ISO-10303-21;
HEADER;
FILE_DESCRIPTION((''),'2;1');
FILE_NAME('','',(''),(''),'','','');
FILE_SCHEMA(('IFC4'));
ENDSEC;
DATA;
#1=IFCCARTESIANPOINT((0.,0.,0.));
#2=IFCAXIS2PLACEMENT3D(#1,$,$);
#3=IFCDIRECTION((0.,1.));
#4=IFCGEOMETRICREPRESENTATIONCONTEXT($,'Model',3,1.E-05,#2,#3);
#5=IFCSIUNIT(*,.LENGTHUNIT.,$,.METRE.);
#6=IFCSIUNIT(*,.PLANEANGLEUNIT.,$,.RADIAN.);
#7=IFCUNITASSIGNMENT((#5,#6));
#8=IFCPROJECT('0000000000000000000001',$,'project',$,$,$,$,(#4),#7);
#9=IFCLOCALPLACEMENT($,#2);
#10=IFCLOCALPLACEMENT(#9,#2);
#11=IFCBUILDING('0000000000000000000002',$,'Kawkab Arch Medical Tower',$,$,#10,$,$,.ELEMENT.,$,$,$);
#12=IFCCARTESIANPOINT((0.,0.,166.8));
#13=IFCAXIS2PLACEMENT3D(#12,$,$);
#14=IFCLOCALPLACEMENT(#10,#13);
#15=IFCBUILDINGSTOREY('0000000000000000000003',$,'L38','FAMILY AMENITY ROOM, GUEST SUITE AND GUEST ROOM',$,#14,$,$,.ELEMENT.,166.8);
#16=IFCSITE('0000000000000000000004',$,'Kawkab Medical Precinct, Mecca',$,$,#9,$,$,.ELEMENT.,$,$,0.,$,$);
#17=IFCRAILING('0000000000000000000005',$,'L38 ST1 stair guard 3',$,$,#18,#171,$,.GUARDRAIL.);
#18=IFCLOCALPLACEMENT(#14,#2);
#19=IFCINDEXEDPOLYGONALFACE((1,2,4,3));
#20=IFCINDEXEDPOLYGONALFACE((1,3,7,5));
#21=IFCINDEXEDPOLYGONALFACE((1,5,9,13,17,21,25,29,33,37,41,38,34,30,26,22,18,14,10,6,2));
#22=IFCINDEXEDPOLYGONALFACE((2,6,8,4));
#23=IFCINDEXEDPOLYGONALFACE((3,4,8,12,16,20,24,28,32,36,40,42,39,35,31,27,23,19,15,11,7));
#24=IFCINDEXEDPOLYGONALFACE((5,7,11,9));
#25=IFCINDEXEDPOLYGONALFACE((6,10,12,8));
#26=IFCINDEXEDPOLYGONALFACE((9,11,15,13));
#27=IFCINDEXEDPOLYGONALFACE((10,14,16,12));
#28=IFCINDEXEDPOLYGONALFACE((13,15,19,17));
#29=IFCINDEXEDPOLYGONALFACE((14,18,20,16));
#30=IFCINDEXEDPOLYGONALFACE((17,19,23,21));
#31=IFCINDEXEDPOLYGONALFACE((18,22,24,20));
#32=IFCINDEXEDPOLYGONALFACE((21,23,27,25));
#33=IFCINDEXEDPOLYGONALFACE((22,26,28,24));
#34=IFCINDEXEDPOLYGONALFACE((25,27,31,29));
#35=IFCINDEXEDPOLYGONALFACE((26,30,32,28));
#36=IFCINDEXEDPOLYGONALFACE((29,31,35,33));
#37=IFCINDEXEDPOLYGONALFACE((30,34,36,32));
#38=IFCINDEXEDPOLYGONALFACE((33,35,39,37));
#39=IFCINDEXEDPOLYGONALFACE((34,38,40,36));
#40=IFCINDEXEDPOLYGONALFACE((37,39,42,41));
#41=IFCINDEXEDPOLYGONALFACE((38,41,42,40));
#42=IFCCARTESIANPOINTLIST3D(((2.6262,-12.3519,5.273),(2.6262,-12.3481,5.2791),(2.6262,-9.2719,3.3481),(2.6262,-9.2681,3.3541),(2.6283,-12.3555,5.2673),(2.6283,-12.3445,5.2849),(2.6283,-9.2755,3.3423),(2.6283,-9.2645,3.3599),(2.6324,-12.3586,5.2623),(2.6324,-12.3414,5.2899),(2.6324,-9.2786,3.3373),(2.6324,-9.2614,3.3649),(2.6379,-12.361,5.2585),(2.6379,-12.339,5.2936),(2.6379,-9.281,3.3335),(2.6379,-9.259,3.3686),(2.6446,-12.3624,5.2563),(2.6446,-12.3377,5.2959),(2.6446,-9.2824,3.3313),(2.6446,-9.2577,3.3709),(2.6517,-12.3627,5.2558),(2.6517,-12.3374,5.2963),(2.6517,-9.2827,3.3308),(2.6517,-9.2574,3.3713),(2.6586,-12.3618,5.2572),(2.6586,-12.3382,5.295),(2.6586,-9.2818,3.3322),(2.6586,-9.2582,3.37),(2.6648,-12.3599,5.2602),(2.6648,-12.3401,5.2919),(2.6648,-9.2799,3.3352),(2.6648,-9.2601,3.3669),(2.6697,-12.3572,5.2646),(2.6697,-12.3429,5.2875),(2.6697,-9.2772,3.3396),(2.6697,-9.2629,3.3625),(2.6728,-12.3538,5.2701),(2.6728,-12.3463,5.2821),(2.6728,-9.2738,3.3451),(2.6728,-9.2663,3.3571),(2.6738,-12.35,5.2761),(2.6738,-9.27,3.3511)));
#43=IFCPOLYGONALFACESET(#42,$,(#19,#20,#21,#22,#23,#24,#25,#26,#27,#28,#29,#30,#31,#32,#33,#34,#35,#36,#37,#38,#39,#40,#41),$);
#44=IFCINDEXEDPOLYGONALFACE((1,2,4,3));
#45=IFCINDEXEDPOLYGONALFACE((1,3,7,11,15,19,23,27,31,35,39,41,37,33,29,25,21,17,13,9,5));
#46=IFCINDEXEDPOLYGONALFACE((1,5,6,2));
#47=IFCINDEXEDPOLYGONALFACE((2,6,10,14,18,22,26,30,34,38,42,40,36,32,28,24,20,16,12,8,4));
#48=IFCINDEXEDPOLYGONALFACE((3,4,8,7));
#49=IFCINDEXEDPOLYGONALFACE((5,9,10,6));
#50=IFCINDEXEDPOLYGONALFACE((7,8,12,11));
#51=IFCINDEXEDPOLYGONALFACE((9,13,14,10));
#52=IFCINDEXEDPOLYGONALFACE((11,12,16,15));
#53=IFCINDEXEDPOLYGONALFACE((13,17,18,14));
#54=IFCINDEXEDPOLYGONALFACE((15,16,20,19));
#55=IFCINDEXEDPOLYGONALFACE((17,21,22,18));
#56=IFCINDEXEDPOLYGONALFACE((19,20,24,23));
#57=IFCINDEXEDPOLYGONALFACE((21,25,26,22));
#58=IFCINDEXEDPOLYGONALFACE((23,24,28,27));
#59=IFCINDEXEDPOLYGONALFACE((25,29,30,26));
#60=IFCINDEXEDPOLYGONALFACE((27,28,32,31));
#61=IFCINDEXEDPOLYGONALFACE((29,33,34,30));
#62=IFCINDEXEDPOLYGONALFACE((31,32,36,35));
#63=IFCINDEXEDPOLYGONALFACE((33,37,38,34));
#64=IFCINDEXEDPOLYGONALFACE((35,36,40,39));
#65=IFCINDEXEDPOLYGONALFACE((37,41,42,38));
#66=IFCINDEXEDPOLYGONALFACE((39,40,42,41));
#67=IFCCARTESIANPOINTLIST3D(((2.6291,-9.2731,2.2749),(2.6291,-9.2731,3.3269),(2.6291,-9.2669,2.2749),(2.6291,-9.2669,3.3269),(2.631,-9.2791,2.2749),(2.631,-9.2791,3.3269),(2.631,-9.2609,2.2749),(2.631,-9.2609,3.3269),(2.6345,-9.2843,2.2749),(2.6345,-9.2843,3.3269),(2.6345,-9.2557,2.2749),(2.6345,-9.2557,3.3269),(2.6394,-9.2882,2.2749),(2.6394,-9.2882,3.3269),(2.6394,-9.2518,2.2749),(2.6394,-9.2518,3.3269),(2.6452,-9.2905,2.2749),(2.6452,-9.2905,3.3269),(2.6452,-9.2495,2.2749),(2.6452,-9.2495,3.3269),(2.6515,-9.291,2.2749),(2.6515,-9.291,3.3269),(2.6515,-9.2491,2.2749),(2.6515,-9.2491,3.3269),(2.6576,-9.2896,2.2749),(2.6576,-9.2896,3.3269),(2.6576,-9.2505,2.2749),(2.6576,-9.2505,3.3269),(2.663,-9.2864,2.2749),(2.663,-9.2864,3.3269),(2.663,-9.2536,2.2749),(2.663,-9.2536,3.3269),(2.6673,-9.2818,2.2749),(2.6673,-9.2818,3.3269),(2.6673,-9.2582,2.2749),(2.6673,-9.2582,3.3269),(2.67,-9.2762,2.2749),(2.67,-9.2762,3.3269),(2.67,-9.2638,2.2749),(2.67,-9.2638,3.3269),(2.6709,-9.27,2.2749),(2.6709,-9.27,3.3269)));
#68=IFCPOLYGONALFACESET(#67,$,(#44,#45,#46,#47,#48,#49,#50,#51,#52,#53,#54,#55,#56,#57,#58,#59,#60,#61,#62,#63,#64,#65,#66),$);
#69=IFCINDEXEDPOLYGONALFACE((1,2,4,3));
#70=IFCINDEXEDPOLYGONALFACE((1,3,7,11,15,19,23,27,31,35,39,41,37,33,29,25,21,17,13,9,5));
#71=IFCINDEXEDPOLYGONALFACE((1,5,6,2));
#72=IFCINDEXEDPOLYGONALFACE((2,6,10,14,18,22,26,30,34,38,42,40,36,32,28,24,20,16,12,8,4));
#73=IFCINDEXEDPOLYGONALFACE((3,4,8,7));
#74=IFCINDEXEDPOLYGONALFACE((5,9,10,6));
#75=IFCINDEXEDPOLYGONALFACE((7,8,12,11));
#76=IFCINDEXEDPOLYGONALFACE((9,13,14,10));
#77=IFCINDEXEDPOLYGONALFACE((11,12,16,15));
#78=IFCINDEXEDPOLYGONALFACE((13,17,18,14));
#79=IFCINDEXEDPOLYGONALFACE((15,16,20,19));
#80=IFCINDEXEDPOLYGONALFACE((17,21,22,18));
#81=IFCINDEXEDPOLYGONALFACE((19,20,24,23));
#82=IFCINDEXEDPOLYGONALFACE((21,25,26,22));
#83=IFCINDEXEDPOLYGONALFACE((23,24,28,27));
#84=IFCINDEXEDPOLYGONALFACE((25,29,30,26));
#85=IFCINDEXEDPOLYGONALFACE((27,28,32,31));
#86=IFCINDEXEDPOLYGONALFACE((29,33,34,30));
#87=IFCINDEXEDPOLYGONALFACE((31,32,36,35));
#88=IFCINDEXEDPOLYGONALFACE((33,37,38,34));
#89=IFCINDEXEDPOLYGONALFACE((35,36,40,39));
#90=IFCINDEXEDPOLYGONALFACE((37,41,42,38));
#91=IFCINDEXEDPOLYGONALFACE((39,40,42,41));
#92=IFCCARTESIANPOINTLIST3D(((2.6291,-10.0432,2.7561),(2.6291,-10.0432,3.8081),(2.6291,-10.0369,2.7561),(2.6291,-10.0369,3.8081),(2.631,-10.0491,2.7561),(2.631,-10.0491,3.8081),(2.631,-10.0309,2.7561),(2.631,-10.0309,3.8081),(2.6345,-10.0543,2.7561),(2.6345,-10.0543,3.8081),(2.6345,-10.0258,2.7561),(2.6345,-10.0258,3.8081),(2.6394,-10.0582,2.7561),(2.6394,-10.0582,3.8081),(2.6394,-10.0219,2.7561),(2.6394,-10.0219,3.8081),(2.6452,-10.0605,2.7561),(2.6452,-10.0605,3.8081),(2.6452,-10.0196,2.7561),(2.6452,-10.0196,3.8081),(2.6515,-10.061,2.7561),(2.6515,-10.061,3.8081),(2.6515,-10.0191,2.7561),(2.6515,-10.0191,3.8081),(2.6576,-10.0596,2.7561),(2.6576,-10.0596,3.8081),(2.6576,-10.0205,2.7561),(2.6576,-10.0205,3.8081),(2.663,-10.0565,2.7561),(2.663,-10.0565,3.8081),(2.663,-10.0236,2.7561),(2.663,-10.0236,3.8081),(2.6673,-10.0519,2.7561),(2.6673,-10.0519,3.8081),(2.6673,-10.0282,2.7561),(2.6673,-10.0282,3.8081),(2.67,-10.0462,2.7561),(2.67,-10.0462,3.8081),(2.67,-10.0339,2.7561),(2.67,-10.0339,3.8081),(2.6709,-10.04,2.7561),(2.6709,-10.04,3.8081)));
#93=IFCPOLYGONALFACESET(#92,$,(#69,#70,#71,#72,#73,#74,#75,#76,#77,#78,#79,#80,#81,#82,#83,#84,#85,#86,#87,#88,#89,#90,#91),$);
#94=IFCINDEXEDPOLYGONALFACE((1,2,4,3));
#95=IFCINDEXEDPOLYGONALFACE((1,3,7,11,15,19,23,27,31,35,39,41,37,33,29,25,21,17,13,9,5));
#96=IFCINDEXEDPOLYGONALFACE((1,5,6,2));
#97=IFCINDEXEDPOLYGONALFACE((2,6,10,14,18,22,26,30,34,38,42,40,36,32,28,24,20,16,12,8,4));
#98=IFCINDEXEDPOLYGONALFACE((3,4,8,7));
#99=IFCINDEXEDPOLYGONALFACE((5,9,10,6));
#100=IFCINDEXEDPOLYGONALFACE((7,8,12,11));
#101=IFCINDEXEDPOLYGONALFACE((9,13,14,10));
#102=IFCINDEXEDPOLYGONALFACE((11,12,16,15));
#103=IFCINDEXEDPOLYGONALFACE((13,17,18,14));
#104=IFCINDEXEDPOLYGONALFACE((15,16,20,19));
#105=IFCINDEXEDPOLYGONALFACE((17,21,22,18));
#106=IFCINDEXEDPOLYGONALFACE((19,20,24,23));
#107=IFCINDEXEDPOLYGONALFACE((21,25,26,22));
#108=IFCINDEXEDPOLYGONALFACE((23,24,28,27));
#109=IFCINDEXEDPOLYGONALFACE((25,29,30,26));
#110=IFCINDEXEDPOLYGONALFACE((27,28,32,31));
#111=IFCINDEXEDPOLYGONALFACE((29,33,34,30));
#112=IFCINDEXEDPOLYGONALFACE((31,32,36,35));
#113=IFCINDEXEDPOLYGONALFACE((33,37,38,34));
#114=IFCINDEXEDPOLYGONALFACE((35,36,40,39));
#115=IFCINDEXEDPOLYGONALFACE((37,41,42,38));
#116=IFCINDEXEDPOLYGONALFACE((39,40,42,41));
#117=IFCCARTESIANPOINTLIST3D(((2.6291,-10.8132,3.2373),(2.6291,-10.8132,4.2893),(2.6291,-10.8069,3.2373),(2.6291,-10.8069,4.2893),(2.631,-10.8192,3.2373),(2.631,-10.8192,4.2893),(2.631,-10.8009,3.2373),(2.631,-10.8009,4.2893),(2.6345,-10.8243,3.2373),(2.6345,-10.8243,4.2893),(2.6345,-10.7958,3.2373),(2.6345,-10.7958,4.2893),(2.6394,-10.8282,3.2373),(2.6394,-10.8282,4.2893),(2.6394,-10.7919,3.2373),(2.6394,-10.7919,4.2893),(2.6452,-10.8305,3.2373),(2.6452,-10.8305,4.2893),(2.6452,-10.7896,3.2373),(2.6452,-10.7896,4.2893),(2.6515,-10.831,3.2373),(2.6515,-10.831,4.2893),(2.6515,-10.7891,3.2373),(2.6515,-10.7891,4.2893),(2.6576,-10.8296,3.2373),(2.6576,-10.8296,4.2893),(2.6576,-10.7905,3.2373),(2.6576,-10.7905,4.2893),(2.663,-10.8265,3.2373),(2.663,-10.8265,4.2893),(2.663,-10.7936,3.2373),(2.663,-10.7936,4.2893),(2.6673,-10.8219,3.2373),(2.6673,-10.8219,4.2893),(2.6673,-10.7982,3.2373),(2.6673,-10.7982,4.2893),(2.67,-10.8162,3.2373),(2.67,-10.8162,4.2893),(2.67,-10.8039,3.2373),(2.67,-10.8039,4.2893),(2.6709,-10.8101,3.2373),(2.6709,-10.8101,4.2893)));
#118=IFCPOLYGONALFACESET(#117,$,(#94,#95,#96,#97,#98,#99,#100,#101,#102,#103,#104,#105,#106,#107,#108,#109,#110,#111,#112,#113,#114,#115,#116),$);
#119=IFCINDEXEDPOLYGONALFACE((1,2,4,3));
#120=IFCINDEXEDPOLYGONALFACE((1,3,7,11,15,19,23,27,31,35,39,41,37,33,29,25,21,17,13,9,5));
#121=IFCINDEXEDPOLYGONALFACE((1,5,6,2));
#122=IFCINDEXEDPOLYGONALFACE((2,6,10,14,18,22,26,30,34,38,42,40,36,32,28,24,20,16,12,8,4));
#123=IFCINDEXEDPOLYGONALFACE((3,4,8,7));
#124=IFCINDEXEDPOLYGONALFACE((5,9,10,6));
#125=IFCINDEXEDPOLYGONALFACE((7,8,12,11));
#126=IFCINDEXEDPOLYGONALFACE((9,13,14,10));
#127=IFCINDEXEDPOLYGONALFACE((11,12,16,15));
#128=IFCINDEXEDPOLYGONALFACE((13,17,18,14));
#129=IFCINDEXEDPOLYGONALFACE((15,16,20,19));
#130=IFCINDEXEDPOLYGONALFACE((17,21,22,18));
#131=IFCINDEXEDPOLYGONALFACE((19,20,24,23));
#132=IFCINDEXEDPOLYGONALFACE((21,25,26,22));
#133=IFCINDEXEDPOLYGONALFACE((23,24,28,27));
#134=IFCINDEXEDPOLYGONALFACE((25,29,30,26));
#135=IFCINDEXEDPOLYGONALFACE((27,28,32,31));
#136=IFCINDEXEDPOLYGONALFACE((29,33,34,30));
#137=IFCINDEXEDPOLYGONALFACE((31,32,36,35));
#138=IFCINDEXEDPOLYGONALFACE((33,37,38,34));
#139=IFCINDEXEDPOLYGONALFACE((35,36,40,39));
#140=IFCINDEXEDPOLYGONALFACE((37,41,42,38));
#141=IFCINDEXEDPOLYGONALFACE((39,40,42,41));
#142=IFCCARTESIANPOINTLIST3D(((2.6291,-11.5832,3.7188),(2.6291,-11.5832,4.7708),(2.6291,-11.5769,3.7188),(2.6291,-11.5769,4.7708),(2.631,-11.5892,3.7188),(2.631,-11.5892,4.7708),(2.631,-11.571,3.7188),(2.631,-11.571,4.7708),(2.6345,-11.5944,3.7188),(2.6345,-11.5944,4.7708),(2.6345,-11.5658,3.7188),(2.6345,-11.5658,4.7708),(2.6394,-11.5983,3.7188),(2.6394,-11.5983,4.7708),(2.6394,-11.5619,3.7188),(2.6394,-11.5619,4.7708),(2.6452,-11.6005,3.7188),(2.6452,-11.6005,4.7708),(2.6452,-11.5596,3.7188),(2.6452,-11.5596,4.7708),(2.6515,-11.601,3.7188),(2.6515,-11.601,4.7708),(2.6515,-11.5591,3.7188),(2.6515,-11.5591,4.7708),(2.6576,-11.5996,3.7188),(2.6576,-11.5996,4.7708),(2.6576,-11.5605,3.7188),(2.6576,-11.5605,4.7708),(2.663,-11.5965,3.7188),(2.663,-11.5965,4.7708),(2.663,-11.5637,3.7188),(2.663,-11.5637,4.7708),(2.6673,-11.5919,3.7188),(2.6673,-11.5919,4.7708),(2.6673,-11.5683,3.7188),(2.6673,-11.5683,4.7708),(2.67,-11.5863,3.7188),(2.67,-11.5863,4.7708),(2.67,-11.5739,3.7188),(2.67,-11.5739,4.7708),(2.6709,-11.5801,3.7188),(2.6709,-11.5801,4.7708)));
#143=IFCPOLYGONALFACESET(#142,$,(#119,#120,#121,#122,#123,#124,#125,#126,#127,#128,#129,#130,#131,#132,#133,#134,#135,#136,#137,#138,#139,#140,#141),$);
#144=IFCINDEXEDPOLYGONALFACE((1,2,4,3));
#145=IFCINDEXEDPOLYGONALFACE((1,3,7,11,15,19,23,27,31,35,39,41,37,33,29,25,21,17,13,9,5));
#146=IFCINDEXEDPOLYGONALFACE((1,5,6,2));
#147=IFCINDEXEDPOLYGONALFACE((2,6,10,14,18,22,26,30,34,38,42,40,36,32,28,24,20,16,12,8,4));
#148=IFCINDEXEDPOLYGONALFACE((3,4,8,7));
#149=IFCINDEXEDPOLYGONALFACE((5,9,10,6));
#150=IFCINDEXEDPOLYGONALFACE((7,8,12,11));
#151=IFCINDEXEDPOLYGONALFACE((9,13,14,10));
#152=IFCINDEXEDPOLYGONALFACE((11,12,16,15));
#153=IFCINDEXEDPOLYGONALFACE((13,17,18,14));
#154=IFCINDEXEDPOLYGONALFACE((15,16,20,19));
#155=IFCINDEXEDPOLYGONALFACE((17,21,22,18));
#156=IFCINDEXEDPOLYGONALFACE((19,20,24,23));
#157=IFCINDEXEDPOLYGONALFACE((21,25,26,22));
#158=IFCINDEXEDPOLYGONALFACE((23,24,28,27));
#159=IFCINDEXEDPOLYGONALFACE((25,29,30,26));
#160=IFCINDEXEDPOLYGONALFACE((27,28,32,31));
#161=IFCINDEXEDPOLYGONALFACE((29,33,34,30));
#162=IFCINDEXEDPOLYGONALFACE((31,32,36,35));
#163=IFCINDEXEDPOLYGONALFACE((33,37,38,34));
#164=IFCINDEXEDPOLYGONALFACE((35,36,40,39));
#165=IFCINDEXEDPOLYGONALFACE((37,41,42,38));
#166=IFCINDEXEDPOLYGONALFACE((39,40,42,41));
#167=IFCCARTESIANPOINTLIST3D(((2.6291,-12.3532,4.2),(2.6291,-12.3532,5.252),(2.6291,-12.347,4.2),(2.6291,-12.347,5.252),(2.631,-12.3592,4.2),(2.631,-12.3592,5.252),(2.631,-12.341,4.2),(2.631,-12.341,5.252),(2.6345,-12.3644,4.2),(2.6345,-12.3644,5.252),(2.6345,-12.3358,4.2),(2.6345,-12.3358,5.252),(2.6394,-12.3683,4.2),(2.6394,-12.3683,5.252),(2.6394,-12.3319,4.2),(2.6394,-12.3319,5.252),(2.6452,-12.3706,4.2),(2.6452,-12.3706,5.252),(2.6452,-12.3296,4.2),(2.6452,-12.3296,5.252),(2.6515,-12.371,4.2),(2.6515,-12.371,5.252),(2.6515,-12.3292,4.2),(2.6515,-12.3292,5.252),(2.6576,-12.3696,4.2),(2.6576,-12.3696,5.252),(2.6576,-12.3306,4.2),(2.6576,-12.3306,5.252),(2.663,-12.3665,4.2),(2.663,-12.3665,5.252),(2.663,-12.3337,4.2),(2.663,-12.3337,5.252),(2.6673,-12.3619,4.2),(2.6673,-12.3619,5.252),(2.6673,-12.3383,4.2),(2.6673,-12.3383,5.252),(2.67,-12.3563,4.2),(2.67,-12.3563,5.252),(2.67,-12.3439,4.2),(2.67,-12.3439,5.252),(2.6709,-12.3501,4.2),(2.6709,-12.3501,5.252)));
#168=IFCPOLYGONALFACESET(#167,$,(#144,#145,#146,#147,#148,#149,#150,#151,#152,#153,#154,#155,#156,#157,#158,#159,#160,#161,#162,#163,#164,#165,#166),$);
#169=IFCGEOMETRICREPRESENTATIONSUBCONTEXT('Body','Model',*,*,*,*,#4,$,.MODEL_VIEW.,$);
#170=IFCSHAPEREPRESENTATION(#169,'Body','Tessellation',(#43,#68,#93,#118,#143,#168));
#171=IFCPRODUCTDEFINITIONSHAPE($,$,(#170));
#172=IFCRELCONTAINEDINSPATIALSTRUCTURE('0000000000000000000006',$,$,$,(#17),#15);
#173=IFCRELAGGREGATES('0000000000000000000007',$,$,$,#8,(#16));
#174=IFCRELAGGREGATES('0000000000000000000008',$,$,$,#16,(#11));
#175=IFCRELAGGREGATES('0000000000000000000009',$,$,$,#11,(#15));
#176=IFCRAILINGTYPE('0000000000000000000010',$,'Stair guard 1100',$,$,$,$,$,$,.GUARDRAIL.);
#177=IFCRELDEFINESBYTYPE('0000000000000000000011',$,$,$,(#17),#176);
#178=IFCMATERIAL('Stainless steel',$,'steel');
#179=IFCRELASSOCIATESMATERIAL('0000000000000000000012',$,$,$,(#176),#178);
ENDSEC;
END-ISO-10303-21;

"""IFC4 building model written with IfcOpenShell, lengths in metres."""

from ifc_helpers import new_model, si_unit, direction, frame, origin, origin_2d, place, context, subcontext, project, spatial, circle, extrude, material, type_object, element, save


model = new_model("IFC4")

# Units and contexts
model_context = context("Model", 3, precision=1e-05, world=origin(), true_north=direction((0.0, 1.0)))
body_context = subcontext(model_context, "Body", "Model", "MODEL_VIEW")
ifc_project = project(units=[si_unit("LENGTHUNIT", "METRE"), si_unit("PLANEANGLEUNIT", "RADIAN")], contexts=[model_context])

# Site, building, storey
site_placement = place(None, origin())
site = spatial("IfcSite", under=ifc_project, at=site_placement, Name="Kawkab Medical Precinct, Mecca", CompositionType="ELEMENT", RefElevation=0.0)
building_placement = place(site_placement, origin())
building = spatial("IfcBuilding", under=site, at=building_placement, Name="Kawkab Arch Medical Tower", CompositionType="ELEMENT")
storey_placement = place(building_placement, frame((0.0, 0.0, 166.8)))
storey = spatial("IfcBuildingStorey", under=building, at=storey_placement, Name="L38", Description="FAMILY AMENITY ROOM, GUEST SUITE AND GUEST ROOM", CompositionType="ELEMENT", Elevation=166.8)

# Railing
ifc_material_1 = material(Name="Stainless steel", Category="steel")
railing_type_1 = type_object("IfcRailingType", Name="Stair guard 1100", PredefinedType="GUARDRAIL", material=ifc_material_1)
railing_1_placement = place(storey_placement, frame((2.6499, -9.27, 2.2749)))
element("IfcRailing", 1, at=railing_1_placement, inside=storey, type_object=railing_type_1, Name="L38 ST1 stair guard 3", PredefinedType="GUARDRAIL", context=body_context, shape_type="SweptSolid", body=[
    extrude(circle(Radius=0.0239, at=origin_2d()), frame((0.0, 0.0, 1.0762), z_axis=(0.0, -0.847998, 0.529999), x_axis=(1.0, 0.0, 0.0)), (0.0, 0.0, 1.0), 3.6321),
    extrude(circle(Radius=0.021, at=origin_2d()), origin(), (0.0, 0.0, 1.0), 1.052),
    extrude(circle(Radius=0.021, at=origin_2d()), frame((0.0, -0.77, 0.4812)), (0.0, 0.0, 1.0), 1.052),
    extrude(circle(Radius=0.021, at=origin_2d()), frame((0.0, -1.54, 0.9624)), (0.0, 0.0, 1.0), 1.052),
    extrude(circle(Radius=0.021, at=origin_2d()), frame((0.0, -2.3101, 1.4438)), (0.0, 0.0, 1.0), 1.052),
    extrude(circle(Radius=0.021, at=origin_2d()), frame((0.0, -3.0801, 1.925)), (0.0, 0.0, 1.0), 1.052),
])

save(model, "model.ifc")
